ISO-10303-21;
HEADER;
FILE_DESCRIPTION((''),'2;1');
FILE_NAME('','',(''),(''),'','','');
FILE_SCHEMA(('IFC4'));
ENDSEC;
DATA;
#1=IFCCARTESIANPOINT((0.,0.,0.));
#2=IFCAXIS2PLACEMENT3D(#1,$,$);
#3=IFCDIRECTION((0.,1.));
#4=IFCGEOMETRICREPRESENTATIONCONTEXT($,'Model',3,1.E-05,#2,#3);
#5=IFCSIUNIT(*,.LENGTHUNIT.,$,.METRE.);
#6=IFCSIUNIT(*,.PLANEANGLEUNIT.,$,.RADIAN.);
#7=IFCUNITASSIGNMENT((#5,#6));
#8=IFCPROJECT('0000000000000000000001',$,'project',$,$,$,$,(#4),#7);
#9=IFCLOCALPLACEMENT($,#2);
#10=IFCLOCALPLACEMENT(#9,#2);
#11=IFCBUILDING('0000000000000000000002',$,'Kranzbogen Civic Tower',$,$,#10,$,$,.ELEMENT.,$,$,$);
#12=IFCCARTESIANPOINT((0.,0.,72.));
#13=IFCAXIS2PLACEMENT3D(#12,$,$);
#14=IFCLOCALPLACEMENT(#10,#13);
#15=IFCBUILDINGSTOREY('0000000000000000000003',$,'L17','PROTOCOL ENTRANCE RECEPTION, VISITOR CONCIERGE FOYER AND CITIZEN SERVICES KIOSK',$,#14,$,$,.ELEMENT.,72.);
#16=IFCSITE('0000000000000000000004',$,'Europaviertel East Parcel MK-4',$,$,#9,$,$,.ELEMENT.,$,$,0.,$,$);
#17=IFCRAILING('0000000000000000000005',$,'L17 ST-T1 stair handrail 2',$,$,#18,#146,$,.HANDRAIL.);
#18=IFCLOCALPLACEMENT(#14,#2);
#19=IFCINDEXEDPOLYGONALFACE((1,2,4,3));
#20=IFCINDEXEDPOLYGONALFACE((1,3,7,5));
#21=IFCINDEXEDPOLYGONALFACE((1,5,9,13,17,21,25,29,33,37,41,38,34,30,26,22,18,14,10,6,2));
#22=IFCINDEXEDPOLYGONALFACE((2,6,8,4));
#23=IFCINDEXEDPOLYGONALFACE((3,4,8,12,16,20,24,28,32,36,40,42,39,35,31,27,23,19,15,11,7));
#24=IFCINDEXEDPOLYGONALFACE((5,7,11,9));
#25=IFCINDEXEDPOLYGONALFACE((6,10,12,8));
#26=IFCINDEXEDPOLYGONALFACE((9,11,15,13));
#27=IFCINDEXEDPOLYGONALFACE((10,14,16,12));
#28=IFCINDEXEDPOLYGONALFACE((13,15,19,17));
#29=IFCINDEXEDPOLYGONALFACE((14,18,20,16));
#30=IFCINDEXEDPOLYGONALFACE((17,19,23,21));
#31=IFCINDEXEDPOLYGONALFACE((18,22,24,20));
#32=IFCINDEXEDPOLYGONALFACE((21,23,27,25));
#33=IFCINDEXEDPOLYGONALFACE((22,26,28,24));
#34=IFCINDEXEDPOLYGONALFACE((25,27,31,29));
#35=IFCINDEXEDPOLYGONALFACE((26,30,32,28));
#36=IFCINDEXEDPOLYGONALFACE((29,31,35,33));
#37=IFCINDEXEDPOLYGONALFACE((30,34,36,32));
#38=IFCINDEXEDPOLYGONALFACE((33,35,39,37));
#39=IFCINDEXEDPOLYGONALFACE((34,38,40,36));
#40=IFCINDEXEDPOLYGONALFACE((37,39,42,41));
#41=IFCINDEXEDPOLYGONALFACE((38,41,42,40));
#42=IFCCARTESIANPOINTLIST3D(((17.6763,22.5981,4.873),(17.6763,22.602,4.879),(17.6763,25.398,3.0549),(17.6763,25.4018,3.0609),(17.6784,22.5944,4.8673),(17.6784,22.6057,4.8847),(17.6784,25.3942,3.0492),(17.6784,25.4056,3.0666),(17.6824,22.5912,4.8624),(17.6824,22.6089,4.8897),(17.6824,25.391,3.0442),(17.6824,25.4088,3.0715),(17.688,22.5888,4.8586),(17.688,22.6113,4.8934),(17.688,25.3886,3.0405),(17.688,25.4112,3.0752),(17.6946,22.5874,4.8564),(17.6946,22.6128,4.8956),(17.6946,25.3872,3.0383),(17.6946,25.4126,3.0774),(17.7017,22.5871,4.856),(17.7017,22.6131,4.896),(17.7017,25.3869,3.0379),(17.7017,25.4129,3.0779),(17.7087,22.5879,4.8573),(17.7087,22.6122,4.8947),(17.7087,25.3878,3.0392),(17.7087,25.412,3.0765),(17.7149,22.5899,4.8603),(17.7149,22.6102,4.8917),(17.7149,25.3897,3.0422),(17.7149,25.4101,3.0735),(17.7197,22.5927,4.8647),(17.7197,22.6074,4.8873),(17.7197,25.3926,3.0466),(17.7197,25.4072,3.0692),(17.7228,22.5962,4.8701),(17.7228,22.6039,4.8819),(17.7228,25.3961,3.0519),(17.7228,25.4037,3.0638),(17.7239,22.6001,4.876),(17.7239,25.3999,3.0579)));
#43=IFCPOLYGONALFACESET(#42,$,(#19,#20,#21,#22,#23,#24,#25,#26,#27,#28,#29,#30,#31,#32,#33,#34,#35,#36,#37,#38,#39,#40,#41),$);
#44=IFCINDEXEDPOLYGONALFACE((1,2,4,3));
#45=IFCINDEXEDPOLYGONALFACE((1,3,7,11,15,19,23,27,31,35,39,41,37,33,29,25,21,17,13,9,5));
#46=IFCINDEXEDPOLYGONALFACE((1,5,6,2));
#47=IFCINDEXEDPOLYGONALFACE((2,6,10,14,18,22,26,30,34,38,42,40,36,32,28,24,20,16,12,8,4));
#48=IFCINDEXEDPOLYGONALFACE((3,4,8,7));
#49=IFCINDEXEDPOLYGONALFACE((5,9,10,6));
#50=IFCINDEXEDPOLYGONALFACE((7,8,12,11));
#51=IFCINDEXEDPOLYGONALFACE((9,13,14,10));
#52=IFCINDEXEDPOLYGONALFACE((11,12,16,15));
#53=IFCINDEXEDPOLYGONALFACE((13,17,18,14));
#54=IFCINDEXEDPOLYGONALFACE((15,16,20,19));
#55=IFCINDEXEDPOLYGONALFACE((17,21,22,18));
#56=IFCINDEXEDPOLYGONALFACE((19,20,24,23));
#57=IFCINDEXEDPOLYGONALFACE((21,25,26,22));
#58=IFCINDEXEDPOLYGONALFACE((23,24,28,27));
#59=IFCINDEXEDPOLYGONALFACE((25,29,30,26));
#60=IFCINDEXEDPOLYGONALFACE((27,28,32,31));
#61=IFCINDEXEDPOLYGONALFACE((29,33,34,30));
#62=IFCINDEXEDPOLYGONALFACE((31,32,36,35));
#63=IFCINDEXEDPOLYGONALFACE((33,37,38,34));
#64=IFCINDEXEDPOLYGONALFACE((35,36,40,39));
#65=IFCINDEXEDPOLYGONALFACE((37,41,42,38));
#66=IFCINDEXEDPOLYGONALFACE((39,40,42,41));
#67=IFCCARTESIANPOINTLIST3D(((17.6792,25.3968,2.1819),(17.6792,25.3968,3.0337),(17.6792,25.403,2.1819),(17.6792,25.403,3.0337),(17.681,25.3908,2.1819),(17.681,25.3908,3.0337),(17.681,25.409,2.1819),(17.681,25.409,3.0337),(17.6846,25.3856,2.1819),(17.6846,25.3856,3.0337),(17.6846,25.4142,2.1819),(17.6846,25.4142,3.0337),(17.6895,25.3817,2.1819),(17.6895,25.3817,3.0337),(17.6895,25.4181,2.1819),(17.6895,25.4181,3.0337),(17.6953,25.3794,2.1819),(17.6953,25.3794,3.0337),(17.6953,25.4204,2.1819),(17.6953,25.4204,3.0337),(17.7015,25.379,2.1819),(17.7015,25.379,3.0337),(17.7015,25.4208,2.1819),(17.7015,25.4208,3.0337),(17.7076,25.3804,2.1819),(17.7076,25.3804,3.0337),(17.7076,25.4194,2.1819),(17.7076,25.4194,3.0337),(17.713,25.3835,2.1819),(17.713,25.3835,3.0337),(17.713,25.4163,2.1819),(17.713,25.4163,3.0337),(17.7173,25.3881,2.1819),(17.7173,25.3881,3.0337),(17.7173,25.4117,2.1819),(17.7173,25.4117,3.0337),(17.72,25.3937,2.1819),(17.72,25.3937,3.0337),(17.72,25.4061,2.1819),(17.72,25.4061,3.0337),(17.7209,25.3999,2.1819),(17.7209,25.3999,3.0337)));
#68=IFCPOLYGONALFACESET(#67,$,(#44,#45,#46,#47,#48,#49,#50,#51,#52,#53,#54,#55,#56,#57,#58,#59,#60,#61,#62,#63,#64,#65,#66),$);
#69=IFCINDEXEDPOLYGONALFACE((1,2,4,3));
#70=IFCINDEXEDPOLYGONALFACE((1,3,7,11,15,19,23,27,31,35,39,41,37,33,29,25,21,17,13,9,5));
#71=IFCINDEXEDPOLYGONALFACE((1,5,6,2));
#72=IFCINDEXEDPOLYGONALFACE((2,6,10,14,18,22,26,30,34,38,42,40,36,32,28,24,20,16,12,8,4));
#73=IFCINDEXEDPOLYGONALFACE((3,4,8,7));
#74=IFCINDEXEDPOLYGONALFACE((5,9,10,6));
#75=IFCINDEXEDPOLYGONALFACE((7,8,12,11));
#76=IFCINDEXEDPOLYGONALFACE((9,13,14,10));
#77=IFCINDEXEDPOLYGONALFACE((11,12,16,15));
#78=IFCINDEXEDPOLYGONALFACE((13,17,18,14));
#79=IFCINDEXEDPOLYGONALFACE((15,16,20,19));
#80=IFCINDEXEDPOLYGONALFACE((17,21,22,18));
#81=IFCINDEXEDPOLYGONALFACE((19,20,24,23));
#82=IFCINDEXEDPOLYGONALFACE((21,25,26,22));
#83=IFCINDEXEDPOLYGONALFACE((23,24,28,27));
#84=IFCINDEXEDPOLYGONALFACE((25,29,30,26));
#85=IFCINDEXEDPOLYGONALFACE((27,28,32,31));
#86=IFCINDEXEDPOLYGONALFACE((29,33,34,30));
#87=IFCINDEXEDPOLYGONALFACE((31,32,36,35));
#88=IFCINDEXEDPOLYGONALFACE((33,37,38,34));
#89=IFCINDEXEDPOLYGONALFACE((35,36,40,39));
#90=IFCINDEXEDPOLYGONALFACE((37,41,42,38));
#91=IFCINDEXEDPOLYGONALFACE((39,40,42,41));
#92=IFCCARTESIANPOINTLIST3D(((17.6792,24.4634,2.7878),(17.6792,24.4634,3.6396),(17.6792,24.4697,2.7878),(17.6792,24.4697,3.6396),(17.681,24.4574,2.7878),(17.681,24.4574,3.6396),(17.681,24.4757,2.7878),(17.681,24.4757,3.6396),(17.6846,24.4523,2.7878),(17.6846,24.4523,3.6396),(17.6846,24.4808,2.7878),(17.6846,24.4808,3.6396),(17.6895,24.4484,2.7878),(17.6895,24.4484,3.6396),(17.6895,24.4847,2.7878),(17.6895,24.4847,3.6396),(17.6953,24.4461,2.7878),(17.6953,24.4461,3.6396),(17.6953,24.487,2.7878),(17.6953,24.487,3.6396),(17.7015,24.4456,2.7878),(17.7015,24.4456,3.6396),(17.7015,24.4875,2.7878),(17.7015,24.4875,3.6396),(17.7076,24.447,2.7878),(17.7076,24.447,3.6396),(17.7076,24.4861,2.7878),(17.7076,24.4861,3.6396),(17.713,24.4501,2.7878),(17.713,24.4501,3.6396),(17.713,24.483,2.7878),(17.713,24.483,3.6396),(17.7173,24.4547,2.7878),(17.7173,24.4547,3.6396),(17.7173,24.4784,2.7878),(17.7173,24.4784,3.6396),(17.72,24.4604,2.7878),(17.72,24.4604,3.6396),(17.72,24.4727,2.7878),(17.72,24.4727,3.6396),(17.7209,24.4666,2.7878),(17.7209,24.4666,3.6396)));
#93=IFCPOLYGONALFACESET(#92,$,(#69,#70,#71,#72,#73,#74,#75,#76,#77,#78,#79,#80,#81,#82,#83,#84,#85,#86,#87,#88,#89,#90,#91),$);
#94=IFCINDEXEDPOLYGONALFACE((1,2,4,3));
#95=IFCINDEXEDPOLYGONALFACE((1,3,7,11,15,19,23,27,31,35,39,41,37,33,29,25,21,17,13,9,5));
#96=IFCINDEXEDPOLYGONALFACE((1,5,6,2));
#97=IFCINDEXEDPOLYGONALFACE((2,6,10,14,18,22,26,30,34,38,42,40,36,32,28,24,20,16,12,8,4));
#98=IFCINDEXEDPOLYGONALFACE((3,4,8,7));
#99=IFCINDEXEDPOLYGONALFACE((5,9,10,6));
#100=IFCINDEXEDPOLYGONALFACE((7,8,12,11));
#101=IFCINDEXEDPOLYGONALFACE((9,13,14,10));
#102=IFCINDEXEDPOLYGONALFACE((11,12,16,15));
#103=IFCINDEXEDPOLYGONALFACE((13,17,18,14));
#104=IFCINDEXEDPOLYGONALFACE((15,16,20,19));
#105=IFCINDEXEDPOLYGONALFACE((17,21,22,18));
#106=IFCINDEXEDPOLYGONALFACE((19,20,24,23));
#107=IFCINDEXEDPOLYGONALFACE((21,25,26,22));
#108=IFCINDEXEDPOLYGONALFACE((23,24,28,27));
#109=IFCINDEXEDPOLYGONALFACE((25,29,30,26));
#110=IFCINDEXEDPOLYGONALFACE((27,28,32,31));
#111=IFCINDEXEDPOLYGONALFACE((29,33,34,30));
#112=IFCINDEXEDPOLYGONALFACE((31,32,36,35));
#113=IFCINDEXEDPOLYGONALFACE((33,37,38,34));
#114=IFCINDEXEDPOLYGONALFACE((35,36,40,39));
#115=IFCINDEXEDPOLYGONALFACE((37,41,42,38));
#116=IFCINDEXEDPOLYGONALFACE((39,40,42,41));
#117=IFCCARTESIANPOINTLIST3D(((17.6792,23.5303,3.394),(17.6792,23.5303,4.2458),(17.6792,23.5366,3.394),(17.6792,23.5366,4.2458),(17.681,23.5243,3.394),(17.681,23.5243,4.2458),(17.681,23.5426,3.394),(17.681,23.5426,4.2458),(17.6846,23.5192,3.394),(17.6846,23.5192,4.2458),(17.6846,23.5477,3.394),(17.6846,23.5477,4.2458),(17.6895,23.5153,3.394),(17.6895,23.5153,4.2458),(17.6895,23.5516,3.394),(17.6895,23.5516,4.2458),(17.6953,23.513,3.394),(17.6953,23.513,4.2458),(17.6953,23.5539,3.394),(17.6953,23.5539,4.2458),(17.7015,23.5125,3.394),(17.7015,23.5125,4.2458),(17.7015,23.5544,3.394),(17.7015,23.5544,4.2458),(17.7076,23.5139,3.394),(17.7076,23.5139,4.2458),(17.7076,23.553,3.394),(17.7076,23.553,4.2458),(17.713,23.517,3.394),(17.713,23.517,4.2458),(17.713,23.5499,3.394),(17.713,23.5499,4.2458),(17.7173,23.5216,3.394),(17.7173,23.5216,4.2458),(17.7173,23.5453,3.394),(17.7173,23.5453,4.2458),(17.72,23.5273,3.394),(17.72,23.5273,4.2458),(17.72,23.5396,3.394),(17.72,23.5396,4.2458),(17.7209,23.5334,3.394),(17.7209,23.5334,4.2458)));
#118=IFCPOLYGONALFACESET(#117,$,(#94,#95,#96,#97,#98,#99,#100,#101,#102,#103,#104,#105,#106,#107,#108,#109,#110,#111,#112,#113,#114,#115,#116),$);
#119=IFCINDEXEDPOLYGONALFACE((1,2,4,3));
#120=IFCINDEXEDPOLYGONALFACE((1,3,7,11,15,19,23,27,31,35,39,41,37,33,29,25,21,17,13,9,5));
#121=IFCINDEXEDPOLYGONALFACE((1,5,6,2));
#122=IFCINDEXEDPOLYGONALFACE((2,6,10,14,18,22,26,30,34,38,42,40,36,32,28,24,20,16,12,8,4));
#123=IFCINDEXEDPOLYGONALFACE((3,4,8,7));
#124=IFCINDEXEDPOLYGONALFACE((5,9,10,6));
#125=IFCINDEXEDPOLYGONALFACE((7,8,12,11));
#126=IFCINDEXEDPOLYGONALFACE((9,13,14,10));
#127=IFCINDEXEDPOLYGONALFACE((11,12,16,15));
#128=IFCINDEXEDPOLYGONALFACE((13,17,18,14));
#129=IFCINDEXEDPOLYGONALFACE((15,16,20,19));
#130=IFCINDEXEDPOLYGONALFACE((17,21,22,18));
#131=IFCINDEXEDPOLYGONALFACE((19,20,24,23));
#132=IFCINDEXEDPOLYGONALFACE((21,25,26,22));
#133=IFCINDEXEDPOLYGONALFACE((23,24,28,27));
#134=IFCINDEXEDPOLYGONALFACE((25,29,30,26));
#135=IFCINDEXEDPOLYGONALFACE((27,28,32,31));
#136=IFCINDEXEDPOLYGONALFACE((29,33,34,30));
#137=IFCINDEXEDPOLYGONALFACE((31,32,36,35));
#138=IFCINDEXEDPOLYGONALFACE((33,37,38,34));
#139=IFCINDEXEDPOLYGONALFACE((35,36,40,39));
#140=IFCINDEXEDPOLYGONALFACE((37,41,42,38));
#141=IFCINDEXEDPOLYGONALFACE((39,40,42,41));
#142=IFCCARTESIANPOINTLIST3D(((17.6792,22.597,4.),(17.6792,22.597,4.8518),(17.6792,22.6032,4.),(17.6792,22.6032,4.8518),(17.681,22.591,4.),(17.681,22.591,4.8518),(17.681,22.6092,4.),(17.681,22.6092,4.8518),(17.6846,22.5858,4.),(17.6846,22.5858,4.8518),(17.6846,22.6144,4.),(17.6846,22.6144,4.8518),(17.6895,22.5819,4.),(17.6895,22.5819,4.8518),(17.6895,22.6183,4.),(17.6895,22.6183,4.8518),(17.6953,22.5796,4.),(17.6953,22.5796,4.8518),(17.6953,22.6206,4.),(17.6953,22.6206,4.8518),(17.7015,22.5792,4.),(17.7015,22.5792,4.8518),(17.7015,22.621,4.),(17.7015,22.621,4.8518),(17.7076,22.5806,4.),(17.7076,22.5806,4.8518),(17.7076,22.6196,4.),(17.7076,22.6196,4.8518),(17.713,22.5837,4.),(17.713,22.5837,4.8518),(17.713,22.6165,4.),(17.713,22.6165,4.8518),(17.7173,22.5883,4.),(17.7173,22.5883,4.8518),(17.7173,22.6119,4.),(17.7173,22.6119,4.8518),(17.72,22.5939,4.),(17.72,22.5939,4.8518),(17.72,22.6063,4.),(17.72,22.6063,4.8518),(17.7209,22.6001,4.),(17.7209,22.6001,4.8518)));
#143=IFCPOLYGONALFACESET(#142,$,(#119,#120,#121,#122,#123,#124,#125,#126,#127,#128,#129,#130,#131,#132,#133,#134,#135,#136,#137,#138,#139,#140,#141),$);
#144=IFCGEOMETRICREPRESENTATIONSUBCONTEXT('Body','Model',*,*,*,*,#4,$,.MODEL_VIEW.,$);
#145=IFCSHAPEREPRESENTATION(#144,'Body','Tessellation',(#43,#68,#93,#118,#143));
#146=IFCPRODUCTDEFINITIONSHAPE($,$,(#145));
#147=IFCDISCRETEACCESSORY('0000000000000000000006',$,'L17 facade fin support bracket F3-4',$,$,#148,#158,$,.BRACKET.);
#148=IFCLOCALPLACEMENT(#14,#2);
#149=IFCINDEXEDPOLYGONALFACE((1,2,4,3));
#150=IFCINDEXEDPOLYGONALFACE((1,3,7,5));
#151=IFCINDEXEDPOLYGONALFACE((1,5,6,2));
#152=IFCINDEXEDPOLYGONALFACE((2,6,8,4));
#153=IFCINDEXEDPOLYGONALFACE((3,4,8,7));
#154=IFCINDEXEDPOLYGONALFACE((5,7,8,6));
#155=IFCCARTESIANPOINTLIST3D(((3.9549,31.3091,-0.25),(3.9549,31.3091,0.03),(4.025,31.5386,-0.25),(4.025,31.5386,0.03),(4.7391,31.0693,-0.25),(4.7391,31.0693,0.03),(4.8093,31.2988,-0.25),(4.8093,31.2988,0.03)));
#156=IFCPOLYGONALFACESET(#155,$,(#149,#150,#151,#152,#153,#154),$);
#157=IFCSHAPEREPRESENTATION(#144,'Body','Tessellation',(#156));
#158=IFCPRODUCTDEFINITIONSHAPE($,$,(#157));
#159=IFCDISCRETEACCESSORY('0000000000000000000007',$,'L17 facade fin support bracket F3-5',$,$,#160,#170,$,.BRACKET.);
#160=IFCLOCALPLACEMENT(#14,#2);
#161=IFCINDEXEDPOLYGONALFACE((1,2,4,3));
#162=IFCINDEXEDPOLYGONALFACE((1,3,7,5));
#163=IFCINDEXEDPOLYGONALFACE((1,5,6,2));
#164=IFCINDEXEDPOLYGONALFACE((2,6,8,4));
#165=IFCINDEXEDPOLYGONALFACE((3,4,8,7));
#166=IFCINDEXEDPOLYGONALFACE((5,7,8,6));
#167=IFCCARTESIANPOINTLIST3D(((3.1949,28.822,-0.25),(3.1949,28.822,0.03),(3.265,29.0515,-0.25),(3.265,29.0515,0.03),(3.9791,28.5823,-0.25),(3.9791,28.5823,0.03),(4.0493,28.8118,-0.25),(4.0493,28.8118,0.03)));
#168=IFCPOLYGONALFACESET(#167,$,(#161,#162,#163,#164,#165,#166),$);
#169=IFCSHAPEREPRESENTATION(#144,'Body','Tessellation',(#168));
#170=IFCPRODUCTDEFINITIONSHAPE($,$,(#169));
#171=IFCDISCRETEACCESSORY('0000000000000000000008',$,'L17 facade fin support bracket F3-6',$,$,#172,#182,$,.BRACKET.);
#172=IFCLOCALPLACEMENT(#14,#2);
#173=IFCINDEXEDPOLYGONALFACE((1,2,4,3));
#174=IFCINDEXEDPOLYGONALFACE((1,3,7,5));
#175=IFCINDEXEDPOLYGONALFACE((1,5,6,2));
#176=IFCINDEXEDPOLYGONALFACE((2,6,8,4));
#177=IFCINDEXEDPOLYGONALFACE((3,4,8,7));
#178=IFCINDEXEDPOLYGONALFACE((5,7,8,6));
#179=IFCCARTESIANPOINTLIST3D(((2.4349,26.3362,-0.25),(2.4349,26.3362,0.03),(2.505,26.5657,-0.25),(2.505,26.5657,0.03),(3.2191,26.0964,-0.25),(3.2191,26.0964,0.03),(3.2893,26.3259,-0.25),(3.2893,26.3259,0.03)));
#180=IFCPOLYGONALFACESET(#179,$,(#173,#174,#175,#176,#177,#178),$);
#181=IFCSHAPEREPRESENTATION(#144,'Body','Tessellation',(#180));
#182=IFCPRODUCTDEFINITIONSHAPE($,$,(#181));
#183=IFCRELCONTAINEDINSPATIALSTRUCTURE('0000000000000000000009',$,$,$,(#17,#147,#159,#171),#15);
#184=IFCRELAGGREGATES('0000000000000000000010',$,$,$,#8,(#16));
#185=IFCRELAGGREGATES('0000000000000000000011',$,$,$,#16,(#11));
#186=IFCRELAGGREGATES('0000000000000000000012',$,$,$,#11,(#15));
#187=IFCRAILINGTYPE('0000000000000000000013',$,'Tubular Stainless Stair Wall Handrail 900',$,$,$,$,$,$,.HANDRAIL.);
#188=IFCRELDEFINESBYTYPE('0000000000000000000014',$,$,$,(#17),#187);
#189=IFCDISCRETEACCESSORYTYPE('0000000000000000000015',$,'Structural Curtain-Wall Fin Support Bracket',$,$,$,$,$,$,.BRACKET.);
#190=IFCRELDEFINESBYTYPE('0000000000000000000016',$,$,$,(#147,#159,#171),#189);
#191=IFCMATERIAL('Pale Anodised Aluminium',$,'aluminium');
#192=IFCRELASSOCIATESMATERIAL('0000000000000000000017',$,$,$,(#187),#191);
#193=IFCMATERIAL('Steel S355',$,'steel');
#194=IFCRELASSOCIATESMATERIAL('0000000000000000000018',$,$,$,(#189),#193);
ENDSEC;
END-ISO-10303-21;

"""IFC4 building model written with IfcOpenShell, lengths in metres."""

from ifc_helpers import new_model, si_unit, direction, frame, origin, origin_2d, place, context, subcontext, project, spatial, rectangle, circle, extrude, material, type_object, element, save


model = new_model("IFC4")

# Units and contexts
model_context = context("Model", 3, precision=1e-05, world=origin(), true_north=direction((0.0, 1.0)))
body_context = subcontext(model_context, "Body", "Model", "MODEL_VIEW")
ifc_project = project(units=[si_unit("LENGTHUNIT", "METRE"), si_unit("PLANEANGLEUNIT", "RADIAN")], contexts=[model_context])

# Site, building, storey
site_placement = place(None, origin())
site = spatial("IfcSite", under=ifc_project, at=site_placement, Name="Europaviertel East Parcel MK-4", CompositionType="ELEMENT", RefElevation=0.0)
building_placement = place(site_placement, origin())
building = spatial("IfcBuilding", under=site, at=building_placement, Name="Kranzbogen Civic Tower", CompositionType="ELEMENT")
storey_placement = place(building_placement, frame((0.0, 0.0, 72.0)))
storey = spatial("IfcBuildingStorey", under=building, at=storey_placement, Name="L17", Description="PROTOCOL ENTRANCE RECEPTION, VISITOR CONCIERGE FOYER AND CITIZEN SERVICES KIOSK", CompositionType="ELEMENT", Elevation=72.0)

# Shared definitions
ifc_material_1 = material(Name="Steel S355", Category="steel")

# Shared definitions
ifc_material_2 = material(Name="Pale Anodised Aluminium", Category="aluminium")

# Railing
railing_type_1 = type_object("IfcRailingType", Name="Tubular Stainless Stair Wall Handrail 900", PredefinedType="HANDRAIL", material=ifc_material_2)
railing_1_placement = place(storey_placement, frame((17.7, 25.3999, 2.1819)))
element("IfcRailing", 1, at=railing_1_placement, inside=storey, type_object=railing_type_1, Name="L17 ST-T1 stair handrail 2", PredefinedType="HANDRAIL", context=body_context, shape_type="SweptSolid", body=[
    extrude(circle(Radius=0.0239, at=origin_2d()), frame((0.0, 0.0, 0.876), z_axis=(0.0, -0.838684, 0.544618), x_axis=(1.0, 0.0, 0.0)), (0.0, 0.0, 1.0), 3.3384),
    extrude(circle(Radius=0.021, at=origin_2d()), origin(), (0.0, 0.0, 1.0), 0.8518),
    extrude(circle(Radius=0.021, at=origin_2d()), frame((0.0, -0.9333, 0.606)), (0.0, 0.0, 1.0), 0.8518),
    extrude(circle(Radius=0.021, at=origin_2d()), frame((0.0, -1.8665, 1.2122)), (0.0, 0.0, 1.0), 0.8518),
    extrude(circle(Radius=0.021, at=origin_2d()), frame((0.0, -2.7998, 1.8181)), (0.0, 0.0, 1.0), 0.8518),
])

# Discrete accessories
discrete_accessory_type = type_object("IfcDiscreteAccessoryType", Name="Structural Curtain-Wall Fin Support Bracket", PredefinedType="BRACKET", material=ifc_material_1)
for number, where, z_axis, x_axis, name in (
    (2, (4.3821, 31.304, -0.25), (0.0, 0.0, 1.0), (-0.956305, 0.292372, 0.0), "L17 facade fin support bracket F3-4"),
    (3, (3.6221, 28.8169, -0.25), (0.0, 0.0, 1.0), (-0.956305, 0.292372, 0.0), "L17 facade fin support bracket F3-5"),
    (4, (2.8621, 26.3311, -0.25), (0.0, 0.0, 1.0), (-0.956305, 0.292372, 0.0), "L17 facade fin support bracket F3-6"),
):
    element("IfcDiscreteAccessory", number, at=place(storey_placement, frame(where, z_axis=z_axis, x_axis=x_axis)), inside=storey, type_object=discrete_accessory_type, Name=name, PredefinedType="BRACKET", context=body_context, shape_type="SweptSolid", body=[
        extrude(rectangle(XDim=0.8201, YDim=0.24, at=origin_2d()), origin(), (0.0, 0.0, 1.0), 0.28),
    ])

save(model, "model.ifc")
